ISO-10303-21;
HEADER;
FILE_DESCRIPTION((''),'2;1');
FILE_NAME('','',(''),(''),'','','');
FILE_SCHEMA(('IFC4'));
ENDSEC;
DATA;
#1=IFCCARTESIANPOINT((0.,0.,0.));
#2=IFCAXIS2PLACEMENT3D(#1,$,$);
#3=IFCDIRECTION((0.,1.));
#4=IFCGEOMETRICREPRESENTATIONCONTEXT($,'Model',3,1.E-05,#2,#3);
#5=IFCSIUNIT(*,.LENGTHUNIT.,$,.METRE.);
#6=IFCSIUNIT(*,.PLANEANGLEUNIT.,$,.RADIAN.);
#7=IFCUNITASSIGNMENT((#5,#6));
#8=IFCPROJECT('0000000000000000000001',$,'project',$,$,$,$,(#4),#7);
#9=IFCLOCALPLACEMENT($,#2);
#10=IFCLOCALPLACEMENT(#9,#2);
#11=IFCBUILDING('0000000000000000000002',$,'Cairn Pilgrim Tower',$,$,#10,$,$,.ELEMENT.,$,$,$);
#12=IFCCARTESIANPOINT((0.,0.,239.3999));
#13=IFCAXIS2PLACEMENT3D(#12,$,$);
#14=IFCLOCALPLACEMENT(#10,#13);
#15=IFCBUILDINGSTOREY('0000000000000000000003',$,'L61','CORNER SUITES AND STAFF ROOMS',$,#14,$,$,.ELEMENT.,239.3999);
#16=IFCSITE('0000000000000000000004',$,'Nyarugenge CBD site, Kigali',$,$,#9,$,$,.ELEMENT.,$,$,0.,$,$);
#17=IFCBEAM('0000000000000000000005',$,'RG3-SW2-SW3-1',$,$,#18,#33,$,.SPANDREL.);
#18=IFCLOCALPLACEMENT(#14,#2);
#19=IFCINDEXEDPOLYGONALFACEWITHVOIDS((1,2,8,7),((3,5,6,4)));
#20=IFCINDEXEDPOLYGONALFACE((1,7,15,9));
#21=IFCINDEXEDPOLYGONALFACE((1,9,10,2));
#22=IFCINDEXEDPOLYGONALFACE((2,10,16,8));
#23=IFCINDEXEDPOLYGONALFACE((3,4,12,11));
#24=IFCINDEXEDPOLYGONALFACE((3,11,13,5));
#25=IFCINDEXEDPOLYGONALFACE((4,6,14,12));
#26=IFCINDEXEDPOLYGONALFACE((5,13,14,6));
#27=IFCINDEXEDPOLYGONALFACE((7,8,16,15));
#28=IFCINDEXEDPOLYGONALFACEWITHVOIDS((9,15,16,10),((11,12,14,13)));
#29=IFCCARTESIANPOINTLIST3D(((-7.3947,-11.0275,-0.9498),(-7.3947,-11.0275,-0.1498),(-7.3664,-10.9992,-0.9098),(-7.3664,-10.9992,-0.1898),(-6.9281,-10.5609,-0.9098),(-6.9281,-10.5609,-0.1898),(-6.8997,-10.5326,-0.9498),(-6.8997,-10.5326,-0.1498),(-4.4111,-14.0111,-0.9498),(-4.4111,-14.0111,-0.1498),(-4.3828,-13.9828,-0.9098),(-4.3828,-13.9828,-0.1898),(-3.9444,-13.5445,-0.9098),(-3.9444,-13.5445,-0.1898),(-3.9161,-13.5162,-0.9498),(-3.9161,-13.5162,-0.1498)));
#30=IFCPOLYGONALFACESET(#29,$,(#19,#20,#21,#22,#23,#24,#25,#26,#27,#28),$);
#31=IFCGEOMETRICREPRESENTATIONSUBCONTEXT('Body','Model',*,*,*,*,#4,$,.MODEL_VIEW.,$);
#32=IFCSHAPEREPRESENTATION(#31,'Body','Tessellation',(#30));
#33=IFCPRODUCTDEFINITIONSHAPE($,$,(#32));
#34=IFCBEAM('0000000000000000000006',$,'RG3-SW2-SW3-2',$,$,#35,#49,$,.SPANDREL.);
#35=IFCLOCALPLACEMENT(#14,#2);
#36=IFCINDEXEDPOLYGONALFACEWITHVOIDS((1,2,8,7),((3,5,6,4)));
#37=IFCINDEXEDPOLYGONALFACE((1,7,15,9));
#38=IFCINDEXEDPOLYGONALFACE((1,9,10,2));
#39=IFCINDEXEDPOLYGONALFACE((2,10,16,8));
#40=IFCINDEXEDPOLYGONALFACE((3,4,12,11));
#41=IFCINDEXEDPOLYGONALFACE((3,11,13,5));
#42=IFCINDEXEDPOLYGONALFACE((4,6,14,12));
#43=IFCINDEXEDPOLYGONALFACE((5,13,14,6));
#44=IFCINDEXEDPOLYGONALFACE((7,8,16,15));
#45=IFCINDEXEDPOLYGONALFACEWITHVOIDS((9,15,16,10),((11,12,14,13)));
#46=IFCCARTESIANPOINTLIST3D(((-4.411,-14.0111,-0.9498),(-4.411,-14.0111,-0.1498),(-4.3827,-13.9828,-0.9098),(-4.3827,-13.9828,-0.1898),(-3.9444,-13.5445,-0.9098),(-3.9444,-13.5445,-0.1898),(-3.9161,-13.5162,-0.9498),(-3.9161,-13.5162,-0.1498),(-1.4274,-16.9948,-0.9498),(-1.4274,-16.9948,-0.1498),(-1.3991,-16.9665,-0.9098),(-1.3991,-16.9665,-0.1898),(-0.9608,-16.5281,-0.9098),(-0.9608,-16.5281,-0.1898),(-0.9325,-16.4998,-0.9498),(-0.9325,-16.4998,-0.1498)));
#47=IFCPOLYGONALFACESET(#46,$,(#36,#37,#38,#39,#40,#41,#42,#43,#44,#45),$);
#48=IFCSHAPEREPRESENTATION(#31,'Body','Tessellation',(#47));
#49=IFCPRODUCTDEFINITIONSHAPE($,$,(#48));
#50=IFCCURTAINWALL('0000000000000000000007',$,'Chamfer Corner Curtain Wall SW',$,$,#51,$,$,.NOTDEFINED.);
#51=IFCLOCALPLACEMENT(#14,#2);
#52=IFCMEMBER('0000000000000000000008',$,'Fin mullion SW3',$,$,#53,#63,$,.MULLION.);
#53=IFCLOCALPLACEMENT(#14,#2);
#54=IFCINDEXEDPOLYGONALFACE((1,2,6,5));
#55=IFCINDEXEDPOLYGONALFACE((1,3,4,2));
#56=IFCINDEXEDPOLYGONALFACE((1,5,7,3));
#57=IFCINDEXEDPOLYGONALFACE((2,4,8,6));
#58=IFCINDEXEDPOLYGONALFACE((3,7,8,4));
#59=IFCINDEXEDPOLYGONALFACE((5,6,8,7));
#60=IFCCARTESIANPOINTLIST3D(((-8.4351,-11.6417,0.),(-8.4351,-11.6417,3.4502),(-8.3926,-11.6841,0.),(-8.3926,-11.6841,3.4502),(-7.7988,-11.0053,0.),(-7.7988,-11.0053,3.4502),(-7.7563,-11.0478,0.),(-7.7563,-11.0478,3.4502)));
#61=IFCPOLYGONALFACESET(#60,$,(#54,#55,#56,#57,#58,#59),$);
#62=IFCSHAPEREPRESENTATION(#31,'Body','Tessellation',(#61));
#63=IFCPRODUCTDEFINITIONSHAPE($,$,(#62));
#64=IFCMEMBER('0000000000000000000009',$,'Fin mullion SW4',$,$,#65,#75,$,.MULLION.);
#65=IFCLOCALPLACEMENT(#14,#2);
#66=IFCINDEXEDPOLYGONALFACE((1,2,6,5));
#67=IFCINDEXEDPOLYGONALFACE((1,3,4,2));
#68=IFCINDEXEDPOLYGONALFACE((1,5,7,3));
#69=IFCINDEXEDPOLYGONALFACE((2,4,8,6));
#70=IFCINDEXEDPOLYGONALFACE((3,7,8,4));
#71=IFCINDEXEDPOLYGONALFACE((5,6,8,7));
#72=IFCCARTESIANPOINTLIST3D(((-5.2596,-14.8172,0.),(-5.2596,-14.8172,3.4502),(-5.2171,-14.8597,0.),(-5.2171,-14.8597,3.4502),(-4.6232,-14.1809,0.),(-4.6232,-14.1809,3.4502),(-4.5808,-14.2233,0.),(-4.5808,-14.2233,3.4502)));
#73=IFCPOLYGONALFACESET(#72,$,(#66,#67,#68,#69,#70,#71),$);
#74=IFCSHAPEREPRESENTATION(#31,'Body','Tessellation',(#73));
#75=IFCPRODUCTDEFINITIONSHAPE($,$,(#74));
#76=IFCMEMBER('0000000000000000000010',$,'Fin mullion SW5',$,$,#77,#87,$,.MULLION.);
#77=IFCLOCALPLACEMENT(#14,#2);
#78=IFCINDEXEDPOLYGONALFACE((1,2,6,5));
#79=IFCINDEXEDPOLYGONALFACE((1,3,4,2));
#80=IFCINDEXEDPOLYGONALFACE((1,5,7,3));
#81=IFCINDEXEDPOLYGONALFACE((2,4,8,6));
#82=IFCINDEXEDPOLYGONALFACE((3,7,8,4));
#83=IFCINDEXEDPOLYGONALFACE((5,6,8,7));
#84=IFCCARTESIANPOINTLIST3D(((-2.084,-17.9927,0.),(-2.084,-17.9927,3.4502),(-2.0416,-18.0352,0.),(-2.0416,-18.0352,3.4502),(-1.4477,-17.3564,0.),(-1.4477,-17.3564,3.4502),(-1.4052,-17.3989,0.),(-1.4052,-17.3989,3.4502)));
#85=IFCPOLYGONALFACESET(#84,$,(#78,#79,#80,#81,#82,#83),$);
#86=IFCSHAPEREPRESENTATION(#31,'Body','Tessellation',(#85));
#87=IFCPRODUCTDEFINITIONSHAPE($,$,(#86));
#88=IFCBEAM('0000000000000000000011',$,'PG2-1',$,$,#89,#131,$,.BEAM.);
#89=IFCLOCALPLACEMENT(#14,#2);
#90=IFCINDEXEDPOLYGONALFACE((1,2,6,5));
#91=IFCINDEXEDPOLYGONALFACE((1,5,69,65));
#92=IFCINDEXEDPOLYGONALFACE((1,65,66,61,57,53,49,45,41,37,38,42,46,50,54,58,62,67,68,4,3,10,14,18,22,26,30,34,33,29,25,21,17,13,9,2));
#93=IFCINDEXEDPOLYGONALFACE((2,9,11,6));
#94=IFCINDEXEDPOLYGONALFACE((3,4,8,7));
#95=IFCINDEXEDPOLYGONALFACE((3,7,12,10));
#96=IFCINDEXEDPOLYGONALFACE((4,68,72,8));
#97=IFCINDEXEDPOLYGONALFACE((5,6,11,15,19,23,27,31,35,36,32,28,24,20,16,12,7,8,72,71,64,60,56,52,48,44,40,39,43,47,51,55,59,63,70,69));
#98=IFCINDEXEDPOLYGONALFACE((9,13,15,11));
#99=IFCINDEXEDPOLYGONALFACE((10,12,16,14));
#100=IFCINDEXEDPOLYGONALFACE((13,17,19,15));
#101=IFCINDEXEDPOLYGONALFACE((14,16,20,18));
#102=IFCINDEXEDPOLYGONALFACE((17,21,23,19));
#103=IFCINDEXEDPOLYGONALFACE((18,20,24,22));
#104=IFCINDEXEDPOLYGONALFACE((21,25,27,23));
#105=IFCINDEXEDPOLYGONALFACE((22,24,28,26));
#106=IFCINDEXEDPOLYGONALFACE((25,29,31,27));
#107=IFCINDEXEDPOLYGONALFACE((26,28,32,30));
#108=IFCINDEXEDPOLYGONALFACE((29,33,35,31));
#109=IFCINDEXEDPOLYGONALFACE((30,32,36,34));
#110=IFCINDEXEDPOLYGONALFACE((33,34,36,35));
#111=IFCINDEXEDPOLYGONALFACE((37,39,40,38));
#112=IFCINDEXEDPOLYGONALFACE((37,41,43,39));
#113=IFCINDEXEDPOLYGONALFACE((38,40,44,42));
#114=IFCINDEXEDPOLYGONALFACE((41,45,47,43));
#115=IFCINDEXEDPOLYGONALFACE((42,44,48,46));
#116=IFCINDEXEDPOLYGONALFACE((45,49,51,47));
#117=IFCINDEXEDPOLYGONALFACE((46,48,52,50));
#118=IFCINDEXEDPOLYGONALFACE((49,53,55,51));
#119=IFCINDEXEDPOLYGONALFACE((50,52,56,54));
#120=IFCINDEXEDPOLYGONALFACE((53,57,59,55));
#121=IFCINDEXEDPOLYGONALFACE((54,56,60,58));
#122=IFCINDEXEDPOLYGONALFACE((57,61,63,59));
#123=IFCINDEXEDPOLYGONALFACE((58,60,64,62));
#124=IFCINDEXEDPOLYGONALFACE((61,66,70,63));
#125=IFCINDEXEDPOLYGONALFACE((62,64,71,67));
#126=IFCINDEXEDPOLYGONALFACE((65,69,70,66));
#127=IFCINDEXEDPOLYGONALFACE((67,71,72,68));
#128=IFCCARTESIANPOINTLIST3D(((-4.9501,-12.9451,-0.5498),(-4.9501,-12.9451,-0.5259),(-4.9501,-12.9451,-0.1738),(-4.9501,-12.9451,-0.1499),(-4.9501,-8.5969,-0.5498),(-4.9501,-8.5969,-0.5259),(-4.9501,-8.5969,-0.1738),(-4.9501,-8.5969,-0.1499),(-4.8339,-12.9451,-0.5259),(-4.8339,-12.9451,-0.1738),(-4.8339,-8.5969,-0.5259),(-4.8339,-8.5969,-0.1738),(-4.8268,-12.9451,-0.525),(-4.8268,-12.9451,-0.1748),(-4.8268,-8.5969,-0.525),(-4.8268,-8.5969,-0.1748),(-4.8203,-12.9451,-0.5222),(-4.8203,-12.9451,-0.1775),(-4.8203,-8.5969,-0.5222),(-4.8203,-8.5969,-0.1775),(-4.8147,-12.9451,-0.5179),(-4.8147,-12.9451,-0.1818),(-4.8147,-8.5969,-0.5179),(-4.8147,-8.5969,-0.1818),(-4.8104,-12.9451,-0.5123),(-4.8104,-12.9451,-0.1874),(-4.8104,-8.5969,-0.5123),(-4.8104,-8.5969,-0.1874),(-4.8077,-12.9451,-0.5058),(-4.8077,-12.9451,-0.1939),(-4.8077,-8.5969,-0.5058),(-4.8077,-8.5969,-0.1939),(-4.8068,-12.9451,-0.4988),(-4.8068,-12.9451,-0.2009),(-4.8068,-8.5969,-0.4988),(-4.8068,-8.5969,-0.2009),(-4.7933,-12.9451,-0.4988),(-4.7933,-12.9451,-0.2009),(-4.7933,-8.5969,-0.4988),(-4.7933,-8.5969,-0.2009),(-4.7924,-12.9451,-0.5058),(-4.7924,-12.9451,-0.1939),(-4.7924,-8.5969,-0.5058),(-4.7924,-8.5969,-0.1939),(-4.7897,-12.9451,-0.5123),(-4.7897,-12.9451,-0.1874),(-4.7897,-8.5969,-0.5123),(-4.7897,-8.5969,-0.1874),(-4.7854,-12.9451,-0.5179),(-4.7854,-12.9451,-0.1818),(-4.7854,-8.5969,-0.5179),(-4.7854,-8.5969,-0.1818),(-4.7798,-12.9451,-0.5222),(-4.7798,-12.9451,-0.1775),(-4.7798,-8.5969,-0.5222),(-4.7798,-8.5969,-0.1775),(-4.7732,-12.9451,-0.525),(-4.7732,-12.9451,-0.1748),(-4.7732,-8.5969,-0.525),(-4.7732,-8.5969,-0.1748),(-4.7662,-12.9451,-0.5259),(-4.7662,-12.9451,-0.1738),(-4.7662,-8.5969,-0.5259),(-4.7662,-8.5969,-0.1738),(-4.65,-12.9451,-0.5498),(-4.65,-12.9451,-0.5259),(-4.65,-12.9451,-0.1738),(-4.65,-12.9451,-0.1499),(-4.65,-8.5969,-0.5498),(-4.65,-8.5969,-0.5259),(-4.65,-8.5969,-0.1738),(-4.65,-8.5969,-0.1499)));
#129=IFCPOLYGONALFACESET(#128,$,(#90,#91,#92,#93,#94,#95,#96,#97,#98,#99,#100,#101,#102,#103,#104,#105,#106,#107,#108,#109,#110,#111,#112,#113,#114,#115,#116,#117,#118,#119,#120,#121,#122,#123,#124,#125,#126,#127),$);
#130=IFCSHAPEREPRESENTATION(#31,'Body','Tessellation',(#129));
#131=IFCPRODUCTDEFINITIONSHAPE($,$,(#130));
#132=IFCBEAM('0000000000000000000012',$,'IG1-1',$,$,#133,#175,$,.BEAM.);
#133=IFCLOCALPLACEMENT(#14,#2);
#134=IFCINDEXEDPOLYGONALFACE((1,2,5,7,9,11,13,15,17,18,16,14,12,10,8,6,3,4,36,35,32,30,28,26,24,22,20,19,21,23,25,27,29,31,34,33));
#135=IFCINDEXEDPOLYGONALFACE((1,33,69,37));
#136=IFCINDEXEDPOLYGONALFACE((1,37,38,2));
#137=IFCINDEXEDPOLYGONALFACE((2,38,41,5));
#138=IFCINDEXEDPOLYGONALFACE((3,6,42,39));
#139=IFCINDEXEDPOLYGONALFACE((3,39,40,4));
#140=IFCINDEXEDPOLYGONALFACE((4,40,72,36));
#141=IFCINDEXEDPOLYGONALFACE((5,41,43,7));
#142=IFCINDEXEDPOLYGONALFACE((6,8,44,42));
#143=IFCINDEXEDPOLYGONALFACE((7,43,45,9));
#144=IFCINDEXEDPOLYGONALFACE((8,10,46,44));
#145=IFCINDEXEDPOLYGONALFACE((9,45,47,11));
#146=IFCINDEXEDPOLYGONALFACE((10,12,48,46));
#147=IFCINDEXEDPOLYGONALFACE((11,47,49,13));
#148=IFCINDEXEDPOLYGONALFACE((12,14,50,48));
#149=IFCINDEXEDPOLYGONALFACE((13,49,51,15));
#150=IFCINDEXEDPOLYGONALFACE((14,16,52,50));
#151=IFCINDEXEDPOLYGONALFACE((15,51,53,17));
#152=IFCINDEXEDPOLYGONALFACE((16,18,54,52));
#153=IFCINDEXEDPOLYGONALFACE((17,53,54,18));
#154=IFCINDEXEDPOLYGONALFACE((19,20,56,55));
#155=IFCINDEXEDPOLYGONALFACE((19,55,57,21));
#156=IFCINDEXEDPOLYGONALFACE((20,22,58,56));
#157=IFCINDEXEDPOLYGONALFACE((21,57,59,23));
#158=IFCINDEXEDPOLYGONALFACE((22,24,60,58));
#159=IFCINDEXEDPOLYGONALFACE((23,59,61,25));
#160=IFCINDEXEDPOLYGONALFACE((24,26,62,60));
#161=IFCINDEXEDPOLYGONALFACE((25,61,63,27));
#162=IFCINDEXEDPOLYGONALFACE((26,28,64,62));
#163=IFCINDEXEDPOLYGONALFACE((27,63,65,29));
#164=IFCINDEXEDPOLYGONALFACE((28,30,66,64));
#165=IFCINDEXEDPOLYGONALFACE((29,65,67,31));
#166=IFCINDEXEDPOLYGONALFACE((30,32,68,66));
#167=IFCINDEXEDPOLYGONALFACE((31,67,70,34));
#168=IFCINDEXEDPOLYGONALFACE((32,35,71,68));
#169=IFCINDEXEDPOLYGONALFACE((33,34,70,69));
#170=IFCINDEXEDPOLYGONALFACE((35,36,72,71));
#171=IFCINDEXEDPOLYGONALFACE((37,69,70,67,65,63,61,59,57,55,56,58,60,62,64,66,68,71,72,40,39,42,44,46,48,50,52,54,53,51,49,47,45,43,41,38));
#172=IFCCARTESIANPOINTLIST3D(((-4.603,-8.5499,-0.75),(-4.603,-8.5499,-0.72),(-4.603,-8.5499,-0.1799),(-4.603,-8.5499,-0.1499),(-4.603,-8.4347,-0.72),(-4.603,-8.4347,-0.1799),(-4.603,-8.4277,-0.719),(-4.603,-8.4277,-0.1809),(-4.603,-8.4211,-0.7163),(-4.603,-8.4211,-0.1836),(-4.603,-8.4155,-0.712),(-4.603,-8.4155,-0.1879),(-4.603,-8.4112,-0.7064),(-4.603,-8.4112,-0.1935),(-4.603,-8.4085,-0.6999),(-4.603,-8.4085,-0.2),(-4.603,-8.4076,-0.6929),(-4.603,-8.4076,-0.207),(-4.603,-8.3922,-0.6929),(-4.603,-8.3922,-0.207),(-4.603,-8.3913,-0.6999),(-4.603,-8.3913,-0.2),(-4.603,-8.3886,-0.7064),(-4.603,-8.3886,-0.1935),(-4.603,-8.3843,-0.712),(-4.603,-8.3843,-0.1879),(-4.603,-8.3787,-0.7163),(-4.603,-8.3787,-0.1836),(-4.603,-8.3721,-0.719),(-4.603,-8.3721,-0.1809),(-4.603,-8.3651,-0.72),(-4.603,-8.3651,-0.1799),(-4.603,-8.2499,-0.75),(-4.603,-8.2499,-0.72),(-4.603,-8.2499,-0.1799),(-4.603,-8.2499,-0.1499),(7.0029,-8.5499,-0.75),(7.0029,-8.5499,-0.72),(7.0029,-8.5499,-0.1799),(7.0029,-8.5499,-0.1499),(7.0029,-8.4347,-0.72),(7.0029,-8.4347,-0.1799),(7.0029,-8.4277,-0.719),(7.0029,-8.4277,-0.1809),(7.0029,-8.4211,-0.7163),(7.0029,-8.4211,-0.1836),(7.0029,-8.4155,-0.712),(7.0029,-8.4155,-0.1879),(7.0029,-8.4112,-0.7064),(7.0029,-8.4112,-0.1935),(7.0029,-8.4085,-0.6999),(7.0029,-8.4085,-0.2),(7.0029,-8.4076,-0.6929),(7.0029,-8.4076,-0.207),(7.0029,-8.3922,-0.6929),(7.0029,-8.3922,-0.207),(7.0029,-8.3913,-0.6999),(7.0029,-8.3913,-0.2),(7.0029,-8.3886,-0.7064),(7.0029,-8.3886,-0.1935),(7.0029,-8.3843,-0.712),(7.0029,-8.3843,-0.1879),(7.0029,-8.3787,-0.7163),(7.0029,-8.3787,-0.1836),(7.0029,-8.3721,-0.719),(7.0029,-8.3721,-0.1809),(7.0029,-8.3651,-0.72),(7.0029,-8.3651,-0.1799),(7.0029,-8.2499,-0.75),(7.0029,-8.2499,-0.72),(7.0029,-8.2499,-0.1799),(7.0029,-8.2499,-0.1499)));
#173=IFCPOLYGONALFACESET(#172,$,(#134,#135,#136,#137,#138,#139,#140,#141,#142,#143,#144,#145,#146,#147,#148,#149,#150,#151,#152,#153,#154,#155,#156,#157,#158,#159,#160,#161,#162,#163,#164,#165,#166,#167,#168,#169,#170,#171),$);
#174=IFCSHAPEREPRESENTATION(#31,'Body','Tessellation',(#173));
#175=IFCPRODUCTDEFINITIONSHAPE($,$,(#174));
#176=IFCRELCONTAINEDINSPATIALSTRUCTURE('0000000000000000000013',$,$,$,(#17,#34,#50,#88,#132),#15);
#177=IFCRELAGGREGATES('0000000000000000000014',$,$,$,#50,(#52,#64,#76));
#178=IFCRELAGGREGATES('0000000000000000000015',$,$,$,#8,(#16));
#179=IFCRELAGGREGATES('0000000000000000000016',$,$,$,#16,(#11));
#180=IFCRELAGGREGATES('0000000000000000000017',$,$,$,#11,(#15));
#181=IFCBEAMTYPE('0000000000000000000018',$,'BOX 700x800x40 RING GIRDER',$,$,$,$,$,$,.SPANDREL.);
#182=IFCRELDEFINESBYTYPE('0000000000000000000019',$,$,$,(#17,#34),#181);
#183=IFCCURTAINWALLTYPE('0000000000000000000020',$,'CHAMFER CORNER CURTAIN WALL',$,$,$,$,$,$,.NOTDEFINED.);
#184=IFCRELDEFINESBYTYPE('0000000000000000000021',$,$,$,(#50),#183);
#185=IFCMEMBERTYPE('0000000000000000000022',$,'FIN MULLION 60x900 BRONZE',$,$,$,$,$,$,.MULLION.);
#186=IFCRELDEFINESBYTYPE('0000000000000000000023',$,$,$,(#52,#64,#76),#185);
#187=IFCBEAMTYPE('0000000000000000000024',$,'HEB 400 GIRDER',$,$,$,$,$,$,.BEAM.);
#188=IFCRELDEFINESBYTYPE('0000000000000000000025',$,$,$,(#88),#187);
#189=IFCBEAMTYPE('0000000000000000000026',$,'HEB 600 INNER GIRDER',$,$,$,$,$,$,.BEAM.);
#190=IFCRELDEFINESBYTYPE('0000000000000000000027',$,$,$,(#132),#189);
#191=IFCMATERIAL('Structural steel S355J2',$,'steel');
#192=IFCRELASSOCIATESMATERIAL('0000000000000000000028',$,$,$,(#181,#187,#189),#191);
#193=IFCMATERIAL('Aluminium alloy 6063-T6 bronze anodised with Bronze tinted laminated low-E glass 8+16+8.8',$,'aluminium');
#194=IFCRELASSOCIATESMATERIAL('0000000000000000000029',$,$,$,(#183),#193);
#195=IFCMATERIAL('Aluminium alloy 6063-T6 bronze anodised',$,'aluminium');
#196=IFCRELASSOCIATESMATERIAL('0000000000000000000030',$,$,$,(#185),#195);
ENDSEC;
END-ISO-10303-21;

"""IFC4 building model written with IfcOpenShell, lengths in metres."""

from ifc_helpers import new_model, si_unit, direction, frame, origin, origin_2d, place, context, subcontext, project, spatial, rectangle, hollow_rectangle, i_section, extrude, material, material_profile, profile_set, type_object, element, aggregate, save


model = new_model("IFC4")

# Units and contexts
model_context = context("Model", 3, precision=1e-05, world=origin(), true_north=direction((0.0, 1.0)))
body_context = subcontext(model_context, "Body", "Model", "MODEL_VIEW")
ifc_project = project(units=[si_unit("LENGTHUNIT", "METRE"), si_unit("PLANEANGLEUNIT", "RADIAN")], contexts=[model_context])

# Site, building, storey
site_placement = place(None, origin())
site = spatial("IfcSite", under=ifc_project, at=site_placement, Name="Nyarugenge CBD site, Kigali", CompositionType="ELEMENT", RefElevation=0.0)
building_placement = place(site_placement, origin())
building = spatial("IfcBuilding", under=site, at=building_placement, Name="Cairn Pilgrim Tower", CompositionType="ELEMENT")
storey_placement = place(building_placement, frame((0.0, 0.0, 239.3999)))
storey = spatial("IfcBuildingStorey", under=building, at=storey_placement, Name="L61", Description="CORNER SUITES AND STAFF ROOMS", CompositionType="ELEMENT", Elevation=239.3999)

# Shared definitions
ifc_material_1 = material(Name="Structural steel S355J2", Category="steel")

# Beams
ifc_material_profile_1 = material_profile(ifc_material_1, hollow_rectangle(XDim=0.7, YDim=0.8, WallThickness=0.04, at=origin_2d()), Name="BOX 700x800x40")
ifc_profile_set_1 = profile_set([ifc_material_profile_1], Name="Structural steel S355J2")
beam_type_1 = type_object("IfcBeamType", Name="BOX 700x800x40 RING GIRDER", PredefinedType="SPANDREL", material=ifc_profile_set_1)
for number, where, z_axis, x_axis, name in (
    (1, (-7.1472, -10.78, -0.5498), (0.707107, -0.707107, 0.0), (0.707107, 0.707107, 0.0), "RG3-SW2-SW3-1"),
    (2, (-4.1636, -13.7637, -0.5498), (0.707107, -0.707107, 0.0), (0.707107, 0.707107, 0.0), "RG3-SW2-SW3-2"),
):
    element("IfcBeam", number, at=place(storey_placement, frame(where, z_axis=z_axis, x_axis=x_axis)), inside=storey, type_object=beam_type_1, Name=name, PredefinedType="SPANDREL", context=body_context, shape_type="SweptSolid", body=[
        extrude(hollow_rectangle(XDim=0.7, YDim=0.8, WallThickness=0.04, at=origin_2d()), origin(), (0.0, 0.0, 1.0), 4.2195),
    ])

# Curtain wall, members
ifc_material_2 = material(Name="Aluminium alloy 6063-T6 bronze anodised with Bronze tinted laminated low-E glass 8+16+8.8", Category="aluminium")
curtain_wall_type = type_object("IfcCurtainWallType", Name="CHAMFER CORNER CURTAIN WALL", PredefinedType="NOTDEFINED", material=ifc_material_2)
curtain_wall_placement = place(storey_placement, origin())
curtain_wall = element("IfcCurtainWall", 3, at=curtain_wall_placement, inside=storey, type_object=curtain_wall_type, Name="Chamfer Corner Curtain Wall SW", PredefinedType="NOTDEFINED")
ifc_material_3 = material(Name="Aluminium alloy 6063-T6 bronze anodised", Category="aluminium")
ifc_material_profile_2 = material_profile(ifc_material_3, rectangle(XDim=0.8999, YDim=0.0601, at=origin_2d()), Name="FIN MULLION 60x900 BRONZE")
ifc_profile_set_2 = profile_set([ifc_material_profile_2], Name="Aluminium alloy 6063-T6 bronze anodised")
member_type_1 = type_object("IfcMemberType", Name="FIN MULLION 60x900 BRONZE", PredefinedType="MULLION", material=ifc_profile_set_2)
member_1_placement = place(storey_placement, frame((-8.0957, -11.3447, 0.0), z_axis=(0.0, 0.0, 1.0), x_axis=(-0.707107, -0.707107, 0.0)))
member_1 = element("IfcMember", 4, at=member_1_placement, type_object=member_type_1, Name="Fin mullion SW3", PredefinedType="MULLION", context=body_context, shape_type="SweptSolid", body=[
    extrude(rectangle(XDim=0.8999, YDim=0.0601, at=origin_2d()), origin(), (0.0, 0.0, 1.0), 3.4502),
])
member_2_placement = place(storey_placement, frame((-4.9202, -14.5203, 0.0), z_axis=(0.0, 0.0, 1.0), x_axis=(-0.707107, -0.707107, 0.0)))
member_2 = element("IfcMember", 5, at=member_2_placement, type_object=member_type_1, Name="Fin mullion SW4", PredefinedType="MULLION", context=body_context, shape_type="SweptSolid", body=[
    extrude(rectangle(XDim=0.8999, YDim=0.0601, at=origin_2d()), origin(), (0.0, 0.0, 1.0), 3.4502),
])
member_3_placement = place(storey_placement, frame((-1.7446, -17.6958, 0.0), z_axis=(0.0, 0.0, 1.0), x_axis=(-0.707107, -0.707107, 0.0)))
member_3 = element("IfcMember", 6, at=member_3_placement, type_object=member_type_1, Name="Fin mullion SW5", PredefinedType="MULLION", context=body_context, shape_type="SweptSolid", body=[
    extrude(rectangle(XDim=0.8999, YDim=0.0601, at=origin_2d()), origin(), (0.0, 0.0, 1.0), 3.4502),
])

# Beams
ifc_material_profile_3 = material_profile(ifc_material_1, i_section(OverallWidth=0.3, OverallDepth=0.3999, WebThickness=0.0134, FlangeThickness=0.0239, FilletRadius=0.0271, at=origin_2d()), Name="HEB 400")
ifc_profile_set_3 = profile_set([ifc_material_profile_3], Name="Structural steel S355J2")
beam_type_2 = type_object("IfcBeamType", Name="HEB 400 GIRDER", PredefinedType="BEAM", material=ifc_profile_set_3)
beam_1_placement = place(storey_placement, frame((-4.8, -12.9451, -0.3499), z_axis=(0.0, 1.0, 0.0), x_axis=(-1.0, 0.0, 0.0)))
element("IfcBeam", 7, at=beam_1_placement, inside=storey, type_object=beam_type_2, Name="PG2-1", PredefinedType="BEAM", context=body_context, shape_type="SweptSolid", body=[
    extrude(i_section(OverallWidth=0.3, OverallDepth=0.3999, WebThickness=0.0134, FlangeThickness=0.0239, FilletRadius=0.0271, at=origin_2d()), origin(), (0.0, 0.0, 1.0), 4.3481),
])
ifc_material_profile_4 = material_profile(ifc_material_1, i_section(OverallWidth=0.3, OverallDepth=0.6001, WebThickness=0.0154, FlangeThickness=0.03, FilletRadius=0.0271, at=origin_2d()), Name="HEB 600")
ifc_profile_set_4 = profile_set([ifc_material_profile_4], Name="Structural steel S355J2")
beam_type_3 = type_object("IfcBeamType", Name="HEB 600 INNER GIRDER", PredefinedType="BEAM", material=ifc_profile_set_4)
beam_2_placement = place(storey_placement, frame((-4.603, -8.3999, -0.45), z_axis=(1.0, 0.0, 0.0), x_axis=(0.0, 1.0, 0.0)))
element("IfcBeam", 8, at=beam_2_placement, inside=storey, type_object=beam_type_3, Name="IG1-1", PredefinedType="BEAM", context=body_context, shape_type="SweptSolid", body=[
    extrude(i_section(OverallWidth=0.3, OverallDepth=0.6001, WebThickness=0.0154, FlangeThickness=0.03, FilletRadius=0.0271, at=origin_2d()), origin(), (0.0, 0.0, 1.0), 11.606),
])

aggregate(curtain_wall, [member_1, member_2, member_3])

save(model, "model.ifc")
